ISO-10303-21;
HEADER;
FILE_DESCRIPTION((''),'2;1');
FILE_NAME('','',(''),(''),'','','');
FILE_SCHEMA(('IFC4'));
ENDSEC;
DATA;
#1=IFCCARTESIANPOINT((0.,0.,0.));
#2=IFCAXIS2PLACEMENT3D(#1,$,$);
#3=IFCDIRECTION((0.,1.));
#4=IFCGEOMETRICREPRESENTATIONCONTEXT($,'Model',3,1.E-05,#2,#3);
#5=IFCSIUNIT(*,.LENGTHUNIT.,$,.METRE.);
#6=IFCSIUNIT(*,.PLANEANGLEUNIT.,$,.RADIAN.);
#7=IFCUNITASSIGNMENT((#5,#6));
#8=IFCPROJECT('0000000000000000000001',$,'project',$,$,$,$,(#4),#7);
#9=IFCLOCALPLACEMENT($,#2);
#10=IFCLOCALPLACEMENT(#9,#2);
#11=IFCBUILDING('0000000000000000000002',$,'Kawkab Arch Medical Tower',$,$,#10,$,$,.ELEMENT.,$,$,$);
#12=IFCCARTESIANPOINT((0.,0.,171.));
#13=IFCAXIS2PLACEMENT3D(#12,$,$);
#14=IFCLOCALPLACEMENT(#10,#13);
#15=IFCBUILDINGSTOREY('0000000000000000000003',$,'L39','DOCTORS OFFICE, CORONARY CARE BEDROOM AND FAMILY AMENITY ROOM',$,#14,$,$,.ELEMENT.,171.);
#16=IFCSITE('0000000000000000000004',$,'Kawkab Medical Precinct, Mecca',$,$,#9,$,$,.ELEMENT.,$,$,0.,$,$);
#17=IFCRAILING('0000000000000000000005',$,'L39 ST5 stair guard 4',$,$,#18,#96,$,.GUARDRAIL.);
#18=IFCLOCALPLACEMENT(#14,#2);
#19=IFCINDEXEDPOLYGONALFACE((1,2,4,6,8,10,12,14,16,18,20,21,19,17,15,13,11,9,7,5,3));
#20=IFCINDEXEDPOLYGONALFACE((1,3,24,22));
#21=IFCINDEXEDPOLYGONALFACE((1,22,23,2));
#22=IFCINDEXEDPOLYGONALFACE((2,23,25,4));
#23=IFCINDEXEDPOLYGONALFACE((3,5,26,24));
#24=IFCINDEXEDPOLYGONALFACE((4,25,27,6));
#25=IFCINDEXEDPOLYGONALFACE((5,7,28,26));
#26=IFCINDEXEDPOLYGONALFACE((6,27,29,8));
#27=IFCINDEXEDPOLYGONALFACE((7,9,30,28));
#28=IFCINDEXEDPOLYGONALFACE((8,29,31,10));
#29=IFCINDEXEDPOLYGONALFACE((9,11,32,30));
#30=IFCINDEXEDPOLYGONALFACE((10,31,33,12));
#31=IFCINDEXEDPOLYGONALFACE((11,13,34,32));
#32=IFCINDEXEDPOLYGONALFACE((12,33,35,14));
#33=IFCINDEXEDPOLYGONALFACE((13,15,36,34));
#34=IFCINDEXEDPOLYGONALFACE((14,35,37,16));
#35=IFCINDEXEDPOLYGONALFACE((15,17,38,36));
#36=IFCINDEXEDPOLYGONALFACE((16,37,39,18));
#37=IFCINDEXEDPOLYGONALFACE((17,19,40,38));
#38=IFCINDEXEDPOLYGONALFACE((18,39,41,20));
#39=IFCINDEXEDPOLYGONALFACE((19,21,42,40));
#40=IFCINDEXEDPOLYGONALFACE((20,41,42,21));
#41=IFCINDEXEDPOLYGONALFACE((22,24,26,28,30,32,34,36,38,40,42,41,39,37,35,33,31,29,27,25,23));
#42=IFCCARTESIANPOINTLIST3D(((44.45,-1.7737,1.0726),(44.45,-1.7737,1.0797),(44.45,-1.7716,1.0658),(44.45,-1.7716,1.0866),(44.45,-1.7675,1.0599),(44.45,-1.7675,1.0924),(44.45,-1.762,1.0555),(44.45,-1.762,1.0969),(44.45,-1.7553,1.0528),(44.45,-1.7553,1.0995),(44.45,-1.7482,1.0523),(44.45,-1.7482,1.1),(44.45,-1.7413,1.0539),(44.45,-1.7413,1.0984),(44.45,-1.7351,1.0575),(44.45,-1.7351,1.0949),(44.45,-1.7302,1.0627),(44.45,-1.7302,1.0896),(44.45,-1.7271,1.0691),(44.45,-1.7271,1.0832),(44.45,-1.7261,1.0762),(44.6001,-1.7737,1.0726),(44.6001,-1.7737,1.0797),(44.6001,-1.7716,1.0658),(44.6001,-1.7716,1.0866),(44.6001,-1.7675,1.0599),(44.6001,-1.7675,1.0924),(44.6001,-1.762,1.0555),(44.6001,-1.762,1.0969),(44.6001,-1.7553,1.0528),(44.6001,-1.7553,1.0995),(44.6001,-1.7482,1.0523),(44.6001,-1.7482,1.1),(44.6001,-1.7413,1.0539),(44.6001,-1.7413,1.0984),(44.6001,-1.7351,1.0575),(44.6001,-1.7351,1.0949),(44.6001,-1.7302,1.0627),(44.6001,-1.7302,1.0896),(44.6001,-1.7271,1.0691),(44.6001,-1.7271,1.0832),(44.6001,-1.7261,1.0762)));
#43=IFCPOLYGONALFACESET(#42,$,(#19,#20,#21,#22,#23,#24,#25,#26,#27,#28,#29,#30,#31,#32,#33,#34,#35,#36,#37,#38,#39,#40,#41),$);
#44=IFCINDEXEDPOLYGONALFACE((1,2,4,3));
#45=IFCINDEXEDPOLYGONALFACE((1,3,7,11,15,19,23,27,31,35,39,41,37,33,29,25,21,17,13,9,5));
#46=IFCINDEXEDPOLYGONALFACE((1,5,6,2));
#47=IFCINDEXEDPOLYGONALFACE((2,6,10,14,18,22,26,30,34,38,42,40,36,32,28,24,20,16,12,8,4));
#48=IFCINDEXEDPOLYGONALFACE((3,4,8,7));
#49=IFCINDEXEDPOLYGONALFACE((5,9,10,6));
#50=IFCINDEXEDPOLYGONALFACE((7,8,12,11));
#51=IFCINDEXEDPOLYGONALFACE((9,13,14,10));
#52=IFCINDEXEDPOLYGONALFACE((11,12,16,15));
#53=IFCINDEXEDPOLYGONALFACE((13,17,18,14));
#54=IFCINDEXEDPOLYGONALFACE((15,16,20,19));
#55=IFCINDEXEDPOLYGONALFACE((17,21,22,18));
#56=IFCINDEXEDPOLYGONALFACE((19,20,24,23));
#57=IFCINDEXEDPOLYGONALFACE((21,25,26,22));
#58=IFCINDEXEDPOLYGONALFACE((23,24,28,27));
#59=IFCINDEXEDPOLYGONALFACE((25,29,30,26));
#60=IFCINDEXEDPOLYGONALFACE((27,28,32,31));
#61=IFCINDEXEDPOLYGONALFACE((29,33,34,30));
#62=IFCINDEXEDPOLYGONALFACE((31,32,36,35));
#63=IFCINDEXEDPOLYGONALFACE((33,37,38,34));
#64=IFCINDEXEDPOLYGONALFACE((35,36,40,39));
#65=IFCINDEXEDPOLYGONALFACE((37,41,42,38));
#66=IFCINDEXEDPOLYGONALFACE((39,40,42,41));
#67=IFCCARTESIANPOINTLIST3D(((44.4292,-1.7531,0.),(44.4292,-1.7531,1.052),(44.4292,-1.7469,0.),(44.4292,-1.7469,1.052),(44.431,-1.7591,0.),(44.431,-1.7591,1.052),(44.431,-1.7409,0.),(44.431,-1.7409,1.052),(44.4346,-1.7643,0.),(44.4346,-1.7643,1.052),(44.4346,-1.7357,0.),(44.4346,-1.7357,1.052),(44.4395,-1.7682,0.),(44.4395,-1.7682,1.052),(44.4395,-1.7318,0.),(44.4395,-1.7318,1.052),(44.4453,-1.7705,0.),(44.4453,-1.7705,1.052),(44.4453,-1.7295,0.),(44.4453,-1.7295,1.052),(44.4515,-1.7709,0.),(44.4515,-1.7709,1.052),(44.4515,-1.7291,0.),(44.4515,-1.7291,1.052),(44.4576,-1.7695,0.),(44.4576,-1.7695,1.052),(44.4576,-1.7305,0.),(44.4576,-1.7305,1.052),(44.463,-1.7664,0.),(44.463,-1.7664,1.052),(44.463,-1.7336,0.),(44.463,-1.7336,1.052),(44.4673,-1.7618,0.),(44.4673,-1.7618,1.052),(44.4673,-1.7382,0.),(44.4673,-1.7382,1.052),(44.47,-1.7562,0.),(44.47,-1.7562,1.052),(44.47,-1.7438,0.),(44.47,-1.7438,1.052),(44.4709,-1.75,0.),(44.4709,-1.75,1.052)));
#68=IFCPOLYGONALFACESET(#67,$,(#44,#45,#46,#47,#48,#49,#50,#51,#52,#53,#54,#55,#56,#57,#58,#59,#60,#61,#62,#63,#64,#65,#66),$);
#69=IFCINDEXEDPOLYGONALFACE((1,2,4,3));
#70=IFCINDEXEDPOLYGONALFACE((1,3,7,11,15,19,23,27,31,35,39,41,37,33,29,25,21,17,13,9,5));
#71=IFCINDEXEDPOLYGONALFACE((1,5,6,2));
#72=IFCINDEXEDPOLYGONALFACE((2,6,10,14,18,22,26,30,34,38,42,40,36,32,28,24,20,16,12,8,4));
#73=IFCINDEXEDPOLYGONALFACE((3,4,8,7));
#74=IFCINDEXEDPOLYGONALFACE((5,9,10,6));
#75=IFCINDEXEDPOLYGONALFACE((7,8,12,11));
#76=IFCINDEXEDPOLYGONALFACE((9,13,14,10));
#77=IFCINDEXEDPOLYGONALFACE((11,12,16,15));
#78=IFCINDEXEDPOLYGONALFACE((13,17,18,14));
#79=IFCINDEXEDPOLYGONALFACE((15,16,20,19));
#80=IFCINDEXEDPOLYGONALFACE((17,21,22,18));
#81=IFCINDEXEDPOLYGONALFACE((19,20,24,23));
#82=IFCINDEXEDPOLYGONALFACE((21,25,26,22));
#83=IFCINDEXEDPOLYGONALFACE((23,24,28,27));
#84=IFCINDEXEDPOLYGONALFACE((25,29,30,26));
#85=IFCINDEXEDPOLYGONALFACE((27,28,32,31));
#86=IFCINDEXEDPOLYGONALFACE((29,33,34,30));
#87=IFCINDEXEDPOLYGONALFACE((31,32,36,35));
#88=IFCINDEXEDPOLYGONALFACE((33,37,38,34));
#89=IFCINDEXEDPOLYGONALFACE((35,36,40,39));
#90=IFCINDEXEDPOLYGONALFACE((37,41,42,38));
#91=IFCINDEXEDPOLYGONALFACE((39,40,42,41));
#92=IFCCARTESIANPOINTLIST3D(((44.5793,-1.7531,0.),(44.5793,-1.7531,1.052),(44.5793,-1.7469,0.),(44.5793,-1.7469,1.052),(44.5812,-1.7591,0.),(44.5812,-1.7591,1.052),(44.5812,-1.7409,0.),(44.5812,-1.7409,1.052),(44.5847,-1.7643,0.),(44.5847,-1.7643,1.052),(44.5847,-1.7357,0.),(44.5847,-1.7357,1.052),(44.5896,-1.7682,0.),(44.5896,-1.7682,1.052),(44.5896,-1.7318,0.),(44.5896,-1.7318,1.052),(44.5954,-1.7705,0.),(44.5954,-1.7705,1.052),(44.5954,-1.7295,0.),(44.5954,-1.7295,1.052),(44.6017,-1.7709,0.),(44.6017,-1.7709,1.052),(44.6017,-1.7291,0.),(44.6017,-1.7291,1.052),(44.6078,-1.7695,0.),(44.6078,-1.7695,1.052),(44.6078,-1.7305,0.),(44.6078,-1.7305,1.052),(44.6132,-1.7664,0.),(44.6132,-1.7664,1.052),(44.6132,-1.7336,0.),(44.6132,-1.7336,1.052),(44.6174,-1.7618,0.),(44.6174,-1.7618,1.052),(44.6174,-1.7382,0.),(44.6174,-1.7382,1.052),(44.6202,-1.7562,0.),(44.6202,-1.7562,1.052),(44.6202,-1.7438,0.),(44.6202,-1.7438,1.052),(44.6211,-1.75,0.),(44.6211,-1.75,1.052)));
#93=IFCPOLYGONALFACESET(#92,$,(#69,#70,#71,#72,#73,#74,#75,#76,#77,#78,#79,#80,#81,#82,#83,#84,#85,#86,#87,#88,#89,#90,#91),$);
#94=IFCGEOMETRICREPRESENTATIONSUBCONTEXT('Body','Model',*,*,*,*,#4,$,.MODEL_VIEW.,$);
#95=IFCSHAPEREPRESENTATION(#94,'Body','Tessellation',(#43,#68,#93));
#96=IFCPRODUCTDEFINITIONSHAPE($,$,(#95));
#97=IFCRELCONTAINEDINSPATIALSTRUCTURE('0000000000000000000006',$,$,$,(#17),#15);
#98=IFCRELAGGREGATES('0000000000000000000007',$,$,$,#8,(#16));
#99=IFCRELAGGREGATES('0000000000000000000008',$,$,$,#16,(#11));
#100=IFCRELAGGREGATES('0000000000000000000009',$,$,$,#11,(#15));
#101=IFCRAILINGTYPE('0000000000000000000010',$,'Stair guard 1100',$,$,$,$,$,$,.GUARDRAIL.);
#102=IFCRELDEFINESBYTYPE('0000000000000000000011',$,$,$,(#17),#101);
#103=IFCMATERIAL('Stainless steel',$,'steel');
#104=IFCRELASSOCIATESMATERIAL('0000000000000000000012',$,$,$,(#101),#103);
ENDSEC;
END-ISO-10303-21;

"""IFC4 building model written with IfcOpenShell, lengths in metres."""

from ifc_helpers import new_model, si_unit, direction, frame, origin, origin_2d, place, context, subcontext, project, spatial, circle, extrude, material, type_object, element, save


model = new_model("IFC4")

# Units and contexts
model_context = context("Model", 3, precision=1e-05, world=origin(), true_north=direction((0.0, 1.0)))
body_context = subcontext(model_context, "Body", "Model", "MODEL_VIEW")
ifc_project = project(units=[si_unit("LENGTHUNIT", "METRE"), si_unit("PLANEANGLEUNIT", "RADIAN")], contexts=[model_context])

# Site, building, storey
site_placement = place(None, origin())
site = spatial("IfcSite", under=ifc_project, at=site_placement, Name="Kawkab Medical Precinct, Mecca", CompositionType="ELEMENT", RefElevation=0.0)
building_placement = place(site_placement, origin())
building = spatial("IfcBuilding", under=site, at=building_placement, Name="Kawkab Arch Medical Tower", CompositionType="ELEMENT")
storey_placement = place(building_placement, frame((0.0, 0.0, 171.0)))
storey = spatial("IfcBuildingStorey", under=building, at=storey_placement, Name="L39", Description="DOCTORS OFFICE, CORONARY CARE BEDROOM AND FAMILY AMENITY ROOM", CompositionType="ELEMENT", Elevation=171.0)

# Railing
ifc_material_1 = material(Name="Stainless steel", Category="steel")
railing_type = type_object("IfcRailingType", Name="Stair guard 1100", PredefinedType="GUARDRAIL", material=ifc_material_1)
railing_1_placement = place(storey_placement, frame((44.45, -1.75, 0.0)))
element("IfcRailing", 1, at=railing_1_placement, inside=storey, type_object=railing_type, Name="L39 ST5 stair guard 4", PredefinedType="GUARDRAIL", context=body_context, shape_type="SweptSolid", body=[
    extrude(circle(Radius=0.0239, at=origin_2d()), frame((0.0, 0.0, 1.0762), z_axis=(1.0, 0.0, 0.0), x_axis=(0.0, 1.0, 0.0)), (0.0, 0.0, 1.0), 0.1501),
    extrude(circle(Radius=0.021, at=origin_2d()), origin(), (0.0, 0.0, 1.0), 1.052),
    extrude(circle(Radius=0.021, at=origin_2d()), frame((0.1501, 0.0, 0.0)), (0.0, 0.0, 1.0), 1.052),
])

save(model, "model.ifc")
